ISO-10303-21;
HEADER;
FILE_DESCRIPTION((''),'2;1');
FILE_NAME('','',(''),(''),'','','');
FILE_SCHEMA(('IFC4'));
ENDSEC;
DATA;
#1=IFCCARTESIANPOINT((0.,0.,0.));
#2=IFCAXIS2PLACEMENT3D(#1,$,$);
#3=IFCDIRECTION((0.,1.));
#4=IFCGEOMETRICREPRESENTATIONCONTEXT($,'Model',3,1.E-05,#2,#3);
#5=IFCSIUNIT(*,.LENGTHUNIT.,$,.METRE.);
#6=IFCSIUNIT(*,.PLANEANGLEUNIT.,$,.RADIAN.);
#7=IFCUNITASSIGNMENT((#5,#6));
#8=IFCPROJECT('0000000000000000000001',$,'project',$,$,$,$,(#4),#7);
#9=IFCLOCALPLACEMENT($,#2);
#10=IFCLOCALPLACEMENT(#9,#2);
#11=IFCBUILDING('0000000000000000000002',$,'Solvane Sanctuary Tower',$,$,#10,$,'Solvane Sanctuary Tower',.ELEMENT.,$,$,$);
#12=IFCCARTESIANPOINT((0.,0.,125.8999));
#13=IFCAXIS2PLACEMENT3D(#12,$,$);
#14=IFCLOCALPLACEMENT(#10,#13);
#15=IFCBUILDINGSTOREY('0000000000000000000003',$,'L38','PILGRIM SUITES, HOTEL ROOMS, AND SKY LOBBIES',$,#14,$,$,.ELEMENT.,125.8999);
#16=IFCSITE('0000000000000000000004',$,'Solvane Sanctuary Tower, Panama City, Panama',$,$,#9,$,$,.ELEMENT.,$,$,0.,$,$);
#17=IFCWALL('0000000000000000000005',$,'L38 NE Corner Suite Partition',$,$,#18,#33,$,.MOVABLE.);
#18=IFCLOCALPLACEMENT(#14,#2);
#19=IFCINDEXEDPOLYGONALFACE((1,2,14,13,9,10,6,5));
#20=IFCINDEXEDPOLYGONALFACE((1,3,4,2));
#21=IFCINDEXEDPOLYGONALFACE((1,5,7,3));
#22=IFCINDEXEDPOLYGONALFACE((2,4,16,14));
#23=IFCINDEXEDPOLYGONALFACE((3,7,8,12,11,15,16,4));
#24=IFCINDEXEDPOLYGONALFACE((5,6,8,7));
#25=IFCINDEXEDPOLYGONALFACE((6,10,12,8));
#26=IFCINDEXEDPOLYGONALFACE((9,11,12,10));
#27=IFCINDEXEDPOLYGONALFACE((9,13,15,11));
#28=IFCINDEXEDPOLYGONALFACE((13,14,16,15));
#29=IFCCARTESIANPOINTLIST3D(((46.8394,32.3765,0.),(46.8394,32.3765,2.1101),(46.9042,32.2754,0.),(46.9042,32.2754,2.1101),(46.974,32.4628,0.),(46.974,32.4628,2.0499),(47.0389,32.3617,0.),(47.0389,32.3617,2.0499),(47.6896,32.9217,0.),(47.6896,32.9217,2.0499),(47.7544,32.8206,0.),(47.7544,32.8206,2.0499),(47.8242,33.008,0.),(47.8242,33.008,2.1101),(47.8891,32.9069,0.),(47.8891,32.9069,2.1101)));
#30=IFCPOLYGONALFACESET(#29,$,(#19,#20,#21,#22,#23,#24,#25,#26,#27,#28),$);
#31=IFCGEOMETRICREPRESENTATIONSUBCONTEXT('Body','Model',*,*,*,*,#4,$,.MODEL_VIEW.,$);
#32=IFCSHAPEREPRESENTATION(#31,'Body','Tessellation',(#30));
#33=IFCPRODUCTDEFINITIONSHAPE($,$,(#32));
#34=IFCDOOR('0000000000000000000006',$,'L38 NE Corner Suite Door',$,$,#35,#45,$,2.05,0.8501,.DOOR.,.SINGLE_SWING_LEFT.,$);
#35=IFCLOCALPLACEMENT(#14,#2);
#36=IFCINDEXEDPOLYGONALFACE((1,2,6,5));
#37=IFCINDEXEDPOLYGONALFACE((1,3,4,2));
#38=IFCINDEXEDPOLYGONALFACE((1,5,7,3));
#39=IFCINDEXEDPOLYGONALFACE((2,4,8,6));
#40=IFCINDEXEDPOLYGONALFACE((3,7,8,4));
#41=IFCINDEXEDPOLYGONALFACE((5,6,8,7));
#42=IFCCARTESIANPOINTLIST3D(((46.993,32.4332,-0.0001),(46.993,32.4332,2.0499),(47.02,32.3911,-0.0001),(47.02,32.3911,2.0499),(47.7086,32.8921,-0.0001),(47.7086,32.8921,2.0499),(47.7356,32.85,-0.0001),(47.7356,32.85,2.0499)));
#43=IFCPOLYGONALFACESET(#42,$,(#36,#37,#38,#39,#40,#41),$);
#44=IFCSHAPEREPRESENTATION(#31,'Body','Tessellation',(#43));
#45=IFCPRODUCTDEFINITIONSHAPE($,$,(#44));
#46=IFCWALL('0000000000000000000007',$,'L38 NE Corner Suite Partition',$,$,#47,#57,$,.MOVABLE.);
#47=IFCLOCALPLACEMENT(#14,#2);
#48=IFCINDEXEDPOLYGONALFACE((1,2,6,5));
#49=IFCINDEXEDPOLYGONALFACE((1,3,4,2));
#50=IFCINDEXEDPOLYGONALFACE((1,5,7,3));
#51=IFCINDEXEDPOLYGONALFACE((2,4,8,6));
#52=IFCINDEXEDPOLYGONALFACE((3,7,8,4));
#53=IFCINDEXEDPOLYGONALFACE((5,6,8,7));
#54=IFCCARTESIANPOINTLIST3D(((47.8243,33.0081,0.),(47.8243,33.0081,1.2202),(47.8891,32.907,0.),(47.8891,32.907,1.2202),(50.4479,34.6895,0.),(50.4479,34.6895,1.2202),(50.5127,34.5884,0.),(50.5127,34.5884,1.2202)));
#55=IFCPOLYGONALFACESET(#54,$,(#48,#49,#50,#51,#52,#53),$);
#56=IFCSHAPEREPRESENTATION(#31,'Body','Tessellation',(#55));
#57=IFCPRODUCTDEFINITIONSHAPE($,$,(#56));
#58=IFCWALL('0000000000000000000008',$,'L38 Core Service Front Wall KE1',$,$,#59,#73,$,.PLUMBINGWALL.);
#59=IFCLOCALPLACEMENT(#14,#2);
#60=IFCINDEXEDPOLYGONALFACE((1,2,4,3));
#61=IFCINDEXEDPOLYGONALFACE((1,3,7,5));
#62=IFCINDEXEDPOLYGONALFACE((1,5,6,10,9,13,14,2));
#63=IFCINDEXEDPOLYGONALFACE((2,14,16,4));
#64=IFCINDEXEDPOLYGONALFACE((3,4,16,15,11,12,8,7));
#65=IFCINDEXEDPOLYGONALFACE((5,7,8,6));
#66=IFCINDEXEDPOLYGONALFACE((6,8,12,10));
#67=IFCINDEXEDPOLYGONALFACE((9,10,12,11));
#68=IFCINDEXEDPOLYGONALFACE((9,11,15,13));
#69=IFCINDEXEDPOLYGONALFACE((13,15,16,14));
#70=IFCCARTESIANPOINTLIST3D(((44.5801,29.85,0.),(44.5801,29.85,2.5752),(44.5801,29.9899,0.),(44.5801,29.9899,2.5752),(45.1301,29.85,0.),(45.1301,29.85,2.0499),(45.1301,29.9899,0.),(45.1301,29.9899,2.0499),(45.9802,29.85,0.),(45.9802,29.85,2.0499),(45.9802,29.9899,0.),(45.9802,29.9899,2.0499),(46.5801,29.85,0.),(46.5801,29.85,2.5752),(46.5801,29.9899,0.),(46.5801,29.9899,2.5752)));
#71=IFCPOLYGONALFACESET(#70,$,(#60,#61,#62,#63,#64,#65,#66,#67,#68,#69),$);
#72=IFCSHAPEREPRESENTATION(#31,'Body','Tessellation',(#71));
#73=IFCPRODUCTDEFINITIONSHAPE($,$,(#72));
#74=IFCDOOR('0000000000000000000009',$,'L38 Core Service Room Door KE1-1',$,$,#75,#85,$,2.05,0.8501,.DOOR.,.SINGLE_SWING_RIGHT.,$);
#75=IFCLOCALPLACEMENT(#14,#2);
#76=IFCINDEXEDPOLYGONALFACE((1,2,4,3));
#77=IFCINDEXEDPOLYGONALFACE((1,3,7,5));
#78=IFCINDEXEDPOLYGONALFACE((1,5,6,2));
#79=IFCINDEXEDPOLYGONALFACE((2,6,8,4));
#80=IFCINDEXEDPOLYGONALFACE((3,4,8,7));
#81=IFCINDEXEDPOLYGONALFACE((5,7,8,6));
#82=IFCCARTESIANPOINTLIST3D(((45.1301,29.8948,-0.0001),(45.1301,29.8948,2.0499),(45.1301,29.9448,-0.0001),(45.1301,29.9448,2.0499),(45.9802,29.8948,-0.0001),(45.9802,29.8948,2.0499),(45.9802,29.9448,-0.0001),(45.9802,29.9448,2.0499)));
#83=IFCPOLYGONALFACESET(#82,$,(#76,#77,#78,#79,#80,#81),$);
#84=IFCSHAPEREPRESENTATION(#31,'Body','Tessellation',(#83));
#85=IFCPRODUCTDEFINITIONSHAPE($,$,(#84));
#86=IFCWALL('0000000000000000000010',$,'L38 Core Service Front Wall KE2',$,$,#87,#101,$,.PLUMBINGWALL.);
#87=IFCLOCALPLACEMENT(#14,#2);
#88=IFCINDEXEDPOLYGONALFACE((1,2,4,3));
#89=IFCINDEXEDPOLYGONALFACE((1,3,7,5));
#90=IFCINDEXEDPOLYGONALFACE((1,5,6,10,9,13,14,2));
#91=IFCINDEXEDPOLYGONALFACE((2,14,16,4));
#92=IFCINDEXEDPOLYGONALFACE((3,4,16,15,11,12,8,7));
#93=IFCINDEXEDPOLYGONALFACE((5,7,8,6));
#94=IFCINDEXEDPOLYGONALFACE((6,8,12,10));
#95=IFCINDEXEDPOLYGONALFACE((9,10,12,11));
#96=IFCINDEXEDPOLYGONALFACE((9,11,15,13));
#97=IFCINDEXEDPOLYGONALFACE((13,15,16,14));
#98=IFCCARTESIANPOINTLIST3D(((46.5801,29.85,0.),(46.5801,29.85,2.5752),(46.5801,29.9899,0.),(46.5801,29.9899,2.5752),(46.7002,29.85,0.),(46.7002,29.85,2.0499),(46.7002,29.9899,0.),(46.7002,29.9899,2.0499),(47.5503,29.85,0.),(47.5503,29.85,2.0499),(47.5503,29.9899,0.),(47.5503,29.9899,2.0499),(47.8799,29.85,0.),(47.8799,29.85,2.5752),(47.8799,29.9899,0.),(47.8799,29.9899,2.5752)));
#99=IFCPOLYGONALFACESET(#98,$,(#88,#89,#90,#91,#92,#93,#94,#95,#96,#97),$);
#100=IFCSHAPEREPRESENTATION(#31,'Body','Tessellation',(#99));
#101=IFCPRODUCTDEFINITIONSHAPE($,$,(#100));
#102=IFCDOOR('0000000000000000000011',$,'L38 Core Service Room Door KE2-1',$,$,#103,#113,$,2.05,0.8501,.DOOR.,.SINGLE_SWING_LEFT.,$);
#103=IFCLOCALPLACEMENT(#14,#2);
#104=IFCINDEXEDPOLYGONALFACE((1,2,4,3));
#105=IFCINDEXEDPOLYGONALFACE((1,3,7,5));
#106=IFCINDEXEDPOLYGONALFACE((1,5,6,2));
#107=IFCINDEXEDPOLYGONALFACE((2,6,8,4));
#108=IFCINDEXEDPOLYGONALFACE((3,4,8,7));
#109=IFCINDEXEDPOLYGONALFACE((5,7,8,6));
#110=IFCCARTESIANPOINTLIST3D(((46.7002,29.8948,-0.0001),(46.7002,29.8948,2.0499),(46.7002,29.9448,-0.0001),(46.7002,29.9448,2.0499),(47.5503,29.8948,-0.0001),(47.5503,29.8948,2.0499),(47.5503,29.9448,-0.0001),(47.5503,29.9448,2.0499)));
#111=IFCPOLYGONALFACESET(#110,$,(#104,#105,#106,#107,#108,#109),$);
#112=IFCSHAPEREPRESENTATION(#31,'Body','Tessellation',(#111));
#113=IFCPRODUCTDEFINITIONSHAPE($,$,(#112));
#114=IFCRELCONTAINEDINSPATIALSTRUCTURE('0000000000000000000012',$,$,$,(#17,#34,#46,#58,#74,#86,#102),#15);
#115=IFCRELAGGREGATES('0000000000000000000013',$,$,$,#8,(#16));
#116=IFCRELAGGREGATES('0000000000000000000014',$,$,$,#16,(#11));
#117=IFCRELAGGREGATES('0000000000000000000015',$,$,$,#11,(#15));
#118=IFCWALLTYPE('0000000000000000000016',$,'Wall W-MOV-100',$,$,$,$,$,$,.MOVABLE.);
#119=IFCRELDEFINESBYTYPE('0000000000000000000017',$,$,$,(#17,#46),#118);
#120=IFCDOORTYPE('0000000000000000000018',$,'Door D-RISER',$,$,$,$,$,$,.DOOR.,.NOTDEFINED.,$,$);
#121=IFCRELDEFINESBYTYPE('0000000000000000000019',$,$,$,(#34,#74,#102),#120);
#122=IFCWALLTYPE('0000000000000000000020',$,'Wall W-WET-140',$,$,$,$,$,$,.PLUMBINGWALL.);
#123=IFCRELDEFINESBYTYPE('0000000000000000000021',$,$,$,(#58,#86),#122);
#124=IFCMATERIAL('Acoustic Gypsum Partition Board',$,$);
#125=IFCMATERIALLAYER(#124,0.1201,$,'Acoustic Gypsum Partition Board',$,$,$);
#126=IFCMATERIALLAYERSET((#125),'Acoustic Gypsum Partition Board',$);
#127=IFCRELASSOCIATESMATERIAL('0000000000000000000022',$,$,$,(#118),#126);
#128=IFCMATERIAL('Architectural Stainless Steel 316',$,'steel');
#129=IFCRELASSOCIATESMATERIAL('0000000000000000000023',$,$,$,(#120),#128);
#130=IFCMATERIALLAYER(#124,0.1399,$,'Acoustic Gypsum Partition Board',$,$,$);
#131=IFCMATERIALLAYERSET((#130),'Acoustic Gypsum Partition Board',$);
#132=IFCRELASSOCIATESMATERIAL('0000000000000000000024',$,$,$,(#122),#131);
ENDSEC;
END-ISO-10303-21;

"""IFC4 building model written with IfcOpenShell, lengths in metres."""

from ifc_helpers import new_model, si_unit, direction, frame, frame_2d, origin, place, context, subcontext, project, spatial, rectangle, extrude, material, layer, layer_set, type_object, element, fill, save


model = new_model("IFC4")

# Units and contexts
model_context = context("Model", 3, precision=1e-05, world=origin(), true_north=direction((0.0, 1.0)))
body_context = subcontext(model_context, "Body", "Model", "MODEL_VIEW")
ifc_project = project(units=[si_unit("LENGTHUNIT", "METRE"), si_unit("PLANEANGLEUNIT", "RADIAN")], contexts=[model_context])

# Site, building, storey
site_placement = place(None, origin())
site = spatial("IfcSite", under=ifc_project, at=site_placement, Name="Solvane Sanctuary Tower, Panama City, Panama", CompositionType="ELEMENT", RefElevation=0.0)
building_placement = place(site_placement, origin())
building = spatial("IfcBuilding", under=site, at=building_placement, Name="Solvane Sanctuary Tower", LongName="Solvane Sanctuary Tower", CompositionType="ELEMENT")
storey_placement = place(building_placement, frame((0.0, 0.0, 125.8999)))
storey = spatial("IfcBuildingStorey", under=building, at=storey_placement, Name="L38", Description="PILGRIM SUITES, HOTEL ROOMS, AND SKY LOBBIES", CompositionType="ELEMENT", Elevation=125.8999)

# Shared definitions
ifc_material_1 = material(Name="Acoustic Gypsum Partition Board")

# Wall, opening, door
ifc_layer_1 = layer(ifc_material_1, 0.1201, Name="Acoustic Gypsum Partition Board")
ifc_layer_set_1 = layer_set([ifc_layer_1], Name="Acoustic Gypsum Partition Board")
wall_type_1 = type_object("IfcWallType", Name="Wall W-MOV-100", PredefinedType="MOVABLE", material=ifc_layer_set_1)
wall_1_placement = place(storey_placement, frame((46.8718, 32.3259, 0.0), z_axis=(0.0, 0.0, 1.0), x_axis=(0.841775, 0.539829, 0.0)))
wall_1 = element("IfcWall", 1, at=wall_1_placement, inside=storey, type_object=wall_type_1, Name="L38 NE Corner Suite Partition", PredefinedType="MOVABLE", context=body_context, shape_type="SweptSolid", body=[
    extrude(rectangle(XDim=1.1699, YDim=0.1201, at=frame_2d((0.585, 0.0))), origin(), (0.0, 0.0, 1.0), 2.1101),
])
opening_1_placement = place(wall_1_placement, frame((0.1599, 0.0, 0.0)))
opening_1 = element("IfcOpeningElement", 2, at=opening_1_placement, cuts=wall_1, PredefinedType="OPENING", context=body_context, shape_type="SweptSolid", body=[
    extrude(rectangle(XDim=0.8501, YDim=2.05, at=frame_2d((0.425, 1.0249))), frame((0.0, 0.0701, 0.0), z_axis=(0.0, -1.0, 0.0), x_axis=(1.0, 0.0, 0.0)), (0.0, 0.0, 1.0), 0.1401),
])
ifc_material_2 = material(Name="Architectural Stainless Steel 316", Category="steel")
door_type_1 = type_object("IfcDoorType", Name="Door D-RISER", OperationType="NOTDEFINED", PredefinedType="DOOR", material=ifc_material_2)
door_1_placement = place(opening_1_placement, origin())
door_1 = element("IfcDoor", 3, at=door_1_placement, inside=storey, type_object=door_type_1, Name="L38 NE Corner Suite Door", OperationType="SINGLE_SWING_LEFT", OverallHeight=2.05, OverallWidth=0.8501, PredefinedType="DOOR", context=body_context, shape_type="SweptSolid", body=[
    extrude(rectangle(XDim=0.8501, YDim=2.05, at=frame_2d((0.425, 1.0249))), frame((0.0, 0.0249, 0.0), z_axis=(0.0, -1.0, 0.0), x_axis=(1.0, 0.0, 0.0)), (0.0, 0.0, 1.0), 0.05),
])
fill(opening_1, door_1)

# Wall
wall_2_placement = place(storey_placement, frame((47.8567, 32.9575, 0.0), z_axis=(0.0, 0.0, 1.0), x_axis=(0.841931, 0.539585, 0.0)))
element("IfcWall", 4, at=wall_2_placement, inside=storey, type_object=wall_type_1, Name="L38 NE Corner Suite Partition", PredefinedType="MOVABLE", context=body_context, shape_type="SweptSolid", body=[
    extrude(rectangle(XDim=3.1162, YDim=0.1201, at=frame_2d((1.5581, 0.0))), origin(), (0.0, 0.0, 1.0), 1.2202),
])

# Walls, openings, doors
ifc_layer_2 = layer(ifc_material_1, 0.1399, Name="Acoustic Gypsum Partition Board")
ifc_layer_set_2 = layer_set([ifc_layer_2], Name="Acoustic Gypsum Partition Board")
wall_type_2 = type_object("IfcWallType", Name="Wall W-WET-140", PredefinedType="PLUMBINGWALL", material=ifc_layer_set_2)
wall_3_placement = place(storey_placement, frame((44.5801, 29.9199, 0.0), z_axis=(0.0, 0.0, 1.0), x_axis=(1.0, 0.0, 0.0)))
wall_3 = element("IfcWall", 5, at=wall_3_placement, inside=storey, type_object=wall_type_2, Name="L38 Core Service Front Wall KE1", PredefinedType="PLUMBINGWALL", context=body_context, shape_type="SweptSolid", body=[
    extrude(rectangle(XDim=2.0, YDim=0.1399, at=frame_2d((1.0, 0.0))), origin(), (0.0, 0.0, 1.0), 2.5752),
])
opening_2_placement = place(wall_3_placement, frame((0.55, 0.0, 0.0)))
opening_2 = element("IfcOpeningElement", 6, at=opening_2_placement, cuts=wall_3, PredefinedType="OPENING", context=body_context, shape_type="SweptSolid", body=[
    extrude(rectangle(XDim=0.8501, YDim=2.05, at=frame_2d((0.425, 1.0249))), frame((0.0, 0.0798, 0.0), z_axis=(0.0, -1.0, 0.0), x_axis=(1.0, 0.0, 0.0)), (0.0, 0.0, 1.0), 0.1599),
])
door_2_placement = place(opening_2_placement, origin())
door_2 = element("IfcDoor", 7, at=door_2_placement, inside=storey, type_object=door_type_1, Name="L38 Core Service Room Door KE1-1", OperationType="SINGLE_SWING_RIGHT", OverallHeight=2.05, OverallWidth=0.8501, PredefinedType="DOOR", context=body_context, shape_type="SweptSolid", body=[
    extrude(rectangle(XDim=0.8501, YDim=2.05, at=frame_2d((0.425, 1.0249))), frame((0.0, 0.0249, 0.0), z_axis=(0.0, -1.0, 0.0), x_axis=(1.0, 0.0, 0.0)), (0.0, 0.0, 1.0), 0.05),
])
fill(opening_2, door_2)
wall_4_placement = place(storey_placement, frame((46.5801, 29.9199, 0.0), z_axis=(0.0, 0.0, 1.0), x_axis=(1.0, 0.0, 0.0)))
wall_4 = element("IfcWall", 8, at=wall_4_placement, inside=storey, type_object=wall_type_2, Name="L38 Core Service Front Wall KE2", PredefinedType="PLUMBINGWALL", context=body_context, shape_type="SweptSolid", body=[
    extrude(rectangle(XDim=1.2998, YDim=0.1399, at=frame_2d((0.6499, 0.0))), origin(), (0.0, 0.0, 1.0), 2.5752),
])
opening_3_placement = place(wall_4_placement, frame((0.1201, 0.0, 0.0)))
opening_3 = element("IfcOpeningElement", 9, at=opening_3_placement, cuts=wall_4, PredefinedType="OPENING", context=body_context, shape_type="SweptSolid", body=[
    extrude(rectangle(XDim=0.8501, YDim=2.05, at=frame_2d((0.425, 1.0249))), frame((0.0, 0.0798, 0.0), z_axis=(0.0, -1.0, 0.0), x_axis=(1.0, 0.0, 0.0)), (0.0, 0.0, 1.0), 0.1599),
])
door_3_placement = place(opening_3_placement, origin())
door_3 = element("IfcDoor", 10, at=door_3_placement, inside=storey, type_object=door_type_1, Name="L38 Core Service Room Door KE2-1", OperationType="SINGLE_SWING_LEFT", OverallHeight=2.05, OverallWidth=0.8501, PredefinedType="DOOR", context=body_context, shape_type="SweptSolid", body=[
    extrude(rectangle(XDim=0.8501, YDim=2.05, at=frame_2d((0.425, 1.0249))), frame((0.0, 0.0249, 0.0), z_axis=(0.0, -1.0, 0.0), x_axis=(1.0, 0.0, 0.0)), (0.0, 0.0, 1.0), 0.05),
])
fill(opening_3, door_3)

save(model, "model.ifc")
